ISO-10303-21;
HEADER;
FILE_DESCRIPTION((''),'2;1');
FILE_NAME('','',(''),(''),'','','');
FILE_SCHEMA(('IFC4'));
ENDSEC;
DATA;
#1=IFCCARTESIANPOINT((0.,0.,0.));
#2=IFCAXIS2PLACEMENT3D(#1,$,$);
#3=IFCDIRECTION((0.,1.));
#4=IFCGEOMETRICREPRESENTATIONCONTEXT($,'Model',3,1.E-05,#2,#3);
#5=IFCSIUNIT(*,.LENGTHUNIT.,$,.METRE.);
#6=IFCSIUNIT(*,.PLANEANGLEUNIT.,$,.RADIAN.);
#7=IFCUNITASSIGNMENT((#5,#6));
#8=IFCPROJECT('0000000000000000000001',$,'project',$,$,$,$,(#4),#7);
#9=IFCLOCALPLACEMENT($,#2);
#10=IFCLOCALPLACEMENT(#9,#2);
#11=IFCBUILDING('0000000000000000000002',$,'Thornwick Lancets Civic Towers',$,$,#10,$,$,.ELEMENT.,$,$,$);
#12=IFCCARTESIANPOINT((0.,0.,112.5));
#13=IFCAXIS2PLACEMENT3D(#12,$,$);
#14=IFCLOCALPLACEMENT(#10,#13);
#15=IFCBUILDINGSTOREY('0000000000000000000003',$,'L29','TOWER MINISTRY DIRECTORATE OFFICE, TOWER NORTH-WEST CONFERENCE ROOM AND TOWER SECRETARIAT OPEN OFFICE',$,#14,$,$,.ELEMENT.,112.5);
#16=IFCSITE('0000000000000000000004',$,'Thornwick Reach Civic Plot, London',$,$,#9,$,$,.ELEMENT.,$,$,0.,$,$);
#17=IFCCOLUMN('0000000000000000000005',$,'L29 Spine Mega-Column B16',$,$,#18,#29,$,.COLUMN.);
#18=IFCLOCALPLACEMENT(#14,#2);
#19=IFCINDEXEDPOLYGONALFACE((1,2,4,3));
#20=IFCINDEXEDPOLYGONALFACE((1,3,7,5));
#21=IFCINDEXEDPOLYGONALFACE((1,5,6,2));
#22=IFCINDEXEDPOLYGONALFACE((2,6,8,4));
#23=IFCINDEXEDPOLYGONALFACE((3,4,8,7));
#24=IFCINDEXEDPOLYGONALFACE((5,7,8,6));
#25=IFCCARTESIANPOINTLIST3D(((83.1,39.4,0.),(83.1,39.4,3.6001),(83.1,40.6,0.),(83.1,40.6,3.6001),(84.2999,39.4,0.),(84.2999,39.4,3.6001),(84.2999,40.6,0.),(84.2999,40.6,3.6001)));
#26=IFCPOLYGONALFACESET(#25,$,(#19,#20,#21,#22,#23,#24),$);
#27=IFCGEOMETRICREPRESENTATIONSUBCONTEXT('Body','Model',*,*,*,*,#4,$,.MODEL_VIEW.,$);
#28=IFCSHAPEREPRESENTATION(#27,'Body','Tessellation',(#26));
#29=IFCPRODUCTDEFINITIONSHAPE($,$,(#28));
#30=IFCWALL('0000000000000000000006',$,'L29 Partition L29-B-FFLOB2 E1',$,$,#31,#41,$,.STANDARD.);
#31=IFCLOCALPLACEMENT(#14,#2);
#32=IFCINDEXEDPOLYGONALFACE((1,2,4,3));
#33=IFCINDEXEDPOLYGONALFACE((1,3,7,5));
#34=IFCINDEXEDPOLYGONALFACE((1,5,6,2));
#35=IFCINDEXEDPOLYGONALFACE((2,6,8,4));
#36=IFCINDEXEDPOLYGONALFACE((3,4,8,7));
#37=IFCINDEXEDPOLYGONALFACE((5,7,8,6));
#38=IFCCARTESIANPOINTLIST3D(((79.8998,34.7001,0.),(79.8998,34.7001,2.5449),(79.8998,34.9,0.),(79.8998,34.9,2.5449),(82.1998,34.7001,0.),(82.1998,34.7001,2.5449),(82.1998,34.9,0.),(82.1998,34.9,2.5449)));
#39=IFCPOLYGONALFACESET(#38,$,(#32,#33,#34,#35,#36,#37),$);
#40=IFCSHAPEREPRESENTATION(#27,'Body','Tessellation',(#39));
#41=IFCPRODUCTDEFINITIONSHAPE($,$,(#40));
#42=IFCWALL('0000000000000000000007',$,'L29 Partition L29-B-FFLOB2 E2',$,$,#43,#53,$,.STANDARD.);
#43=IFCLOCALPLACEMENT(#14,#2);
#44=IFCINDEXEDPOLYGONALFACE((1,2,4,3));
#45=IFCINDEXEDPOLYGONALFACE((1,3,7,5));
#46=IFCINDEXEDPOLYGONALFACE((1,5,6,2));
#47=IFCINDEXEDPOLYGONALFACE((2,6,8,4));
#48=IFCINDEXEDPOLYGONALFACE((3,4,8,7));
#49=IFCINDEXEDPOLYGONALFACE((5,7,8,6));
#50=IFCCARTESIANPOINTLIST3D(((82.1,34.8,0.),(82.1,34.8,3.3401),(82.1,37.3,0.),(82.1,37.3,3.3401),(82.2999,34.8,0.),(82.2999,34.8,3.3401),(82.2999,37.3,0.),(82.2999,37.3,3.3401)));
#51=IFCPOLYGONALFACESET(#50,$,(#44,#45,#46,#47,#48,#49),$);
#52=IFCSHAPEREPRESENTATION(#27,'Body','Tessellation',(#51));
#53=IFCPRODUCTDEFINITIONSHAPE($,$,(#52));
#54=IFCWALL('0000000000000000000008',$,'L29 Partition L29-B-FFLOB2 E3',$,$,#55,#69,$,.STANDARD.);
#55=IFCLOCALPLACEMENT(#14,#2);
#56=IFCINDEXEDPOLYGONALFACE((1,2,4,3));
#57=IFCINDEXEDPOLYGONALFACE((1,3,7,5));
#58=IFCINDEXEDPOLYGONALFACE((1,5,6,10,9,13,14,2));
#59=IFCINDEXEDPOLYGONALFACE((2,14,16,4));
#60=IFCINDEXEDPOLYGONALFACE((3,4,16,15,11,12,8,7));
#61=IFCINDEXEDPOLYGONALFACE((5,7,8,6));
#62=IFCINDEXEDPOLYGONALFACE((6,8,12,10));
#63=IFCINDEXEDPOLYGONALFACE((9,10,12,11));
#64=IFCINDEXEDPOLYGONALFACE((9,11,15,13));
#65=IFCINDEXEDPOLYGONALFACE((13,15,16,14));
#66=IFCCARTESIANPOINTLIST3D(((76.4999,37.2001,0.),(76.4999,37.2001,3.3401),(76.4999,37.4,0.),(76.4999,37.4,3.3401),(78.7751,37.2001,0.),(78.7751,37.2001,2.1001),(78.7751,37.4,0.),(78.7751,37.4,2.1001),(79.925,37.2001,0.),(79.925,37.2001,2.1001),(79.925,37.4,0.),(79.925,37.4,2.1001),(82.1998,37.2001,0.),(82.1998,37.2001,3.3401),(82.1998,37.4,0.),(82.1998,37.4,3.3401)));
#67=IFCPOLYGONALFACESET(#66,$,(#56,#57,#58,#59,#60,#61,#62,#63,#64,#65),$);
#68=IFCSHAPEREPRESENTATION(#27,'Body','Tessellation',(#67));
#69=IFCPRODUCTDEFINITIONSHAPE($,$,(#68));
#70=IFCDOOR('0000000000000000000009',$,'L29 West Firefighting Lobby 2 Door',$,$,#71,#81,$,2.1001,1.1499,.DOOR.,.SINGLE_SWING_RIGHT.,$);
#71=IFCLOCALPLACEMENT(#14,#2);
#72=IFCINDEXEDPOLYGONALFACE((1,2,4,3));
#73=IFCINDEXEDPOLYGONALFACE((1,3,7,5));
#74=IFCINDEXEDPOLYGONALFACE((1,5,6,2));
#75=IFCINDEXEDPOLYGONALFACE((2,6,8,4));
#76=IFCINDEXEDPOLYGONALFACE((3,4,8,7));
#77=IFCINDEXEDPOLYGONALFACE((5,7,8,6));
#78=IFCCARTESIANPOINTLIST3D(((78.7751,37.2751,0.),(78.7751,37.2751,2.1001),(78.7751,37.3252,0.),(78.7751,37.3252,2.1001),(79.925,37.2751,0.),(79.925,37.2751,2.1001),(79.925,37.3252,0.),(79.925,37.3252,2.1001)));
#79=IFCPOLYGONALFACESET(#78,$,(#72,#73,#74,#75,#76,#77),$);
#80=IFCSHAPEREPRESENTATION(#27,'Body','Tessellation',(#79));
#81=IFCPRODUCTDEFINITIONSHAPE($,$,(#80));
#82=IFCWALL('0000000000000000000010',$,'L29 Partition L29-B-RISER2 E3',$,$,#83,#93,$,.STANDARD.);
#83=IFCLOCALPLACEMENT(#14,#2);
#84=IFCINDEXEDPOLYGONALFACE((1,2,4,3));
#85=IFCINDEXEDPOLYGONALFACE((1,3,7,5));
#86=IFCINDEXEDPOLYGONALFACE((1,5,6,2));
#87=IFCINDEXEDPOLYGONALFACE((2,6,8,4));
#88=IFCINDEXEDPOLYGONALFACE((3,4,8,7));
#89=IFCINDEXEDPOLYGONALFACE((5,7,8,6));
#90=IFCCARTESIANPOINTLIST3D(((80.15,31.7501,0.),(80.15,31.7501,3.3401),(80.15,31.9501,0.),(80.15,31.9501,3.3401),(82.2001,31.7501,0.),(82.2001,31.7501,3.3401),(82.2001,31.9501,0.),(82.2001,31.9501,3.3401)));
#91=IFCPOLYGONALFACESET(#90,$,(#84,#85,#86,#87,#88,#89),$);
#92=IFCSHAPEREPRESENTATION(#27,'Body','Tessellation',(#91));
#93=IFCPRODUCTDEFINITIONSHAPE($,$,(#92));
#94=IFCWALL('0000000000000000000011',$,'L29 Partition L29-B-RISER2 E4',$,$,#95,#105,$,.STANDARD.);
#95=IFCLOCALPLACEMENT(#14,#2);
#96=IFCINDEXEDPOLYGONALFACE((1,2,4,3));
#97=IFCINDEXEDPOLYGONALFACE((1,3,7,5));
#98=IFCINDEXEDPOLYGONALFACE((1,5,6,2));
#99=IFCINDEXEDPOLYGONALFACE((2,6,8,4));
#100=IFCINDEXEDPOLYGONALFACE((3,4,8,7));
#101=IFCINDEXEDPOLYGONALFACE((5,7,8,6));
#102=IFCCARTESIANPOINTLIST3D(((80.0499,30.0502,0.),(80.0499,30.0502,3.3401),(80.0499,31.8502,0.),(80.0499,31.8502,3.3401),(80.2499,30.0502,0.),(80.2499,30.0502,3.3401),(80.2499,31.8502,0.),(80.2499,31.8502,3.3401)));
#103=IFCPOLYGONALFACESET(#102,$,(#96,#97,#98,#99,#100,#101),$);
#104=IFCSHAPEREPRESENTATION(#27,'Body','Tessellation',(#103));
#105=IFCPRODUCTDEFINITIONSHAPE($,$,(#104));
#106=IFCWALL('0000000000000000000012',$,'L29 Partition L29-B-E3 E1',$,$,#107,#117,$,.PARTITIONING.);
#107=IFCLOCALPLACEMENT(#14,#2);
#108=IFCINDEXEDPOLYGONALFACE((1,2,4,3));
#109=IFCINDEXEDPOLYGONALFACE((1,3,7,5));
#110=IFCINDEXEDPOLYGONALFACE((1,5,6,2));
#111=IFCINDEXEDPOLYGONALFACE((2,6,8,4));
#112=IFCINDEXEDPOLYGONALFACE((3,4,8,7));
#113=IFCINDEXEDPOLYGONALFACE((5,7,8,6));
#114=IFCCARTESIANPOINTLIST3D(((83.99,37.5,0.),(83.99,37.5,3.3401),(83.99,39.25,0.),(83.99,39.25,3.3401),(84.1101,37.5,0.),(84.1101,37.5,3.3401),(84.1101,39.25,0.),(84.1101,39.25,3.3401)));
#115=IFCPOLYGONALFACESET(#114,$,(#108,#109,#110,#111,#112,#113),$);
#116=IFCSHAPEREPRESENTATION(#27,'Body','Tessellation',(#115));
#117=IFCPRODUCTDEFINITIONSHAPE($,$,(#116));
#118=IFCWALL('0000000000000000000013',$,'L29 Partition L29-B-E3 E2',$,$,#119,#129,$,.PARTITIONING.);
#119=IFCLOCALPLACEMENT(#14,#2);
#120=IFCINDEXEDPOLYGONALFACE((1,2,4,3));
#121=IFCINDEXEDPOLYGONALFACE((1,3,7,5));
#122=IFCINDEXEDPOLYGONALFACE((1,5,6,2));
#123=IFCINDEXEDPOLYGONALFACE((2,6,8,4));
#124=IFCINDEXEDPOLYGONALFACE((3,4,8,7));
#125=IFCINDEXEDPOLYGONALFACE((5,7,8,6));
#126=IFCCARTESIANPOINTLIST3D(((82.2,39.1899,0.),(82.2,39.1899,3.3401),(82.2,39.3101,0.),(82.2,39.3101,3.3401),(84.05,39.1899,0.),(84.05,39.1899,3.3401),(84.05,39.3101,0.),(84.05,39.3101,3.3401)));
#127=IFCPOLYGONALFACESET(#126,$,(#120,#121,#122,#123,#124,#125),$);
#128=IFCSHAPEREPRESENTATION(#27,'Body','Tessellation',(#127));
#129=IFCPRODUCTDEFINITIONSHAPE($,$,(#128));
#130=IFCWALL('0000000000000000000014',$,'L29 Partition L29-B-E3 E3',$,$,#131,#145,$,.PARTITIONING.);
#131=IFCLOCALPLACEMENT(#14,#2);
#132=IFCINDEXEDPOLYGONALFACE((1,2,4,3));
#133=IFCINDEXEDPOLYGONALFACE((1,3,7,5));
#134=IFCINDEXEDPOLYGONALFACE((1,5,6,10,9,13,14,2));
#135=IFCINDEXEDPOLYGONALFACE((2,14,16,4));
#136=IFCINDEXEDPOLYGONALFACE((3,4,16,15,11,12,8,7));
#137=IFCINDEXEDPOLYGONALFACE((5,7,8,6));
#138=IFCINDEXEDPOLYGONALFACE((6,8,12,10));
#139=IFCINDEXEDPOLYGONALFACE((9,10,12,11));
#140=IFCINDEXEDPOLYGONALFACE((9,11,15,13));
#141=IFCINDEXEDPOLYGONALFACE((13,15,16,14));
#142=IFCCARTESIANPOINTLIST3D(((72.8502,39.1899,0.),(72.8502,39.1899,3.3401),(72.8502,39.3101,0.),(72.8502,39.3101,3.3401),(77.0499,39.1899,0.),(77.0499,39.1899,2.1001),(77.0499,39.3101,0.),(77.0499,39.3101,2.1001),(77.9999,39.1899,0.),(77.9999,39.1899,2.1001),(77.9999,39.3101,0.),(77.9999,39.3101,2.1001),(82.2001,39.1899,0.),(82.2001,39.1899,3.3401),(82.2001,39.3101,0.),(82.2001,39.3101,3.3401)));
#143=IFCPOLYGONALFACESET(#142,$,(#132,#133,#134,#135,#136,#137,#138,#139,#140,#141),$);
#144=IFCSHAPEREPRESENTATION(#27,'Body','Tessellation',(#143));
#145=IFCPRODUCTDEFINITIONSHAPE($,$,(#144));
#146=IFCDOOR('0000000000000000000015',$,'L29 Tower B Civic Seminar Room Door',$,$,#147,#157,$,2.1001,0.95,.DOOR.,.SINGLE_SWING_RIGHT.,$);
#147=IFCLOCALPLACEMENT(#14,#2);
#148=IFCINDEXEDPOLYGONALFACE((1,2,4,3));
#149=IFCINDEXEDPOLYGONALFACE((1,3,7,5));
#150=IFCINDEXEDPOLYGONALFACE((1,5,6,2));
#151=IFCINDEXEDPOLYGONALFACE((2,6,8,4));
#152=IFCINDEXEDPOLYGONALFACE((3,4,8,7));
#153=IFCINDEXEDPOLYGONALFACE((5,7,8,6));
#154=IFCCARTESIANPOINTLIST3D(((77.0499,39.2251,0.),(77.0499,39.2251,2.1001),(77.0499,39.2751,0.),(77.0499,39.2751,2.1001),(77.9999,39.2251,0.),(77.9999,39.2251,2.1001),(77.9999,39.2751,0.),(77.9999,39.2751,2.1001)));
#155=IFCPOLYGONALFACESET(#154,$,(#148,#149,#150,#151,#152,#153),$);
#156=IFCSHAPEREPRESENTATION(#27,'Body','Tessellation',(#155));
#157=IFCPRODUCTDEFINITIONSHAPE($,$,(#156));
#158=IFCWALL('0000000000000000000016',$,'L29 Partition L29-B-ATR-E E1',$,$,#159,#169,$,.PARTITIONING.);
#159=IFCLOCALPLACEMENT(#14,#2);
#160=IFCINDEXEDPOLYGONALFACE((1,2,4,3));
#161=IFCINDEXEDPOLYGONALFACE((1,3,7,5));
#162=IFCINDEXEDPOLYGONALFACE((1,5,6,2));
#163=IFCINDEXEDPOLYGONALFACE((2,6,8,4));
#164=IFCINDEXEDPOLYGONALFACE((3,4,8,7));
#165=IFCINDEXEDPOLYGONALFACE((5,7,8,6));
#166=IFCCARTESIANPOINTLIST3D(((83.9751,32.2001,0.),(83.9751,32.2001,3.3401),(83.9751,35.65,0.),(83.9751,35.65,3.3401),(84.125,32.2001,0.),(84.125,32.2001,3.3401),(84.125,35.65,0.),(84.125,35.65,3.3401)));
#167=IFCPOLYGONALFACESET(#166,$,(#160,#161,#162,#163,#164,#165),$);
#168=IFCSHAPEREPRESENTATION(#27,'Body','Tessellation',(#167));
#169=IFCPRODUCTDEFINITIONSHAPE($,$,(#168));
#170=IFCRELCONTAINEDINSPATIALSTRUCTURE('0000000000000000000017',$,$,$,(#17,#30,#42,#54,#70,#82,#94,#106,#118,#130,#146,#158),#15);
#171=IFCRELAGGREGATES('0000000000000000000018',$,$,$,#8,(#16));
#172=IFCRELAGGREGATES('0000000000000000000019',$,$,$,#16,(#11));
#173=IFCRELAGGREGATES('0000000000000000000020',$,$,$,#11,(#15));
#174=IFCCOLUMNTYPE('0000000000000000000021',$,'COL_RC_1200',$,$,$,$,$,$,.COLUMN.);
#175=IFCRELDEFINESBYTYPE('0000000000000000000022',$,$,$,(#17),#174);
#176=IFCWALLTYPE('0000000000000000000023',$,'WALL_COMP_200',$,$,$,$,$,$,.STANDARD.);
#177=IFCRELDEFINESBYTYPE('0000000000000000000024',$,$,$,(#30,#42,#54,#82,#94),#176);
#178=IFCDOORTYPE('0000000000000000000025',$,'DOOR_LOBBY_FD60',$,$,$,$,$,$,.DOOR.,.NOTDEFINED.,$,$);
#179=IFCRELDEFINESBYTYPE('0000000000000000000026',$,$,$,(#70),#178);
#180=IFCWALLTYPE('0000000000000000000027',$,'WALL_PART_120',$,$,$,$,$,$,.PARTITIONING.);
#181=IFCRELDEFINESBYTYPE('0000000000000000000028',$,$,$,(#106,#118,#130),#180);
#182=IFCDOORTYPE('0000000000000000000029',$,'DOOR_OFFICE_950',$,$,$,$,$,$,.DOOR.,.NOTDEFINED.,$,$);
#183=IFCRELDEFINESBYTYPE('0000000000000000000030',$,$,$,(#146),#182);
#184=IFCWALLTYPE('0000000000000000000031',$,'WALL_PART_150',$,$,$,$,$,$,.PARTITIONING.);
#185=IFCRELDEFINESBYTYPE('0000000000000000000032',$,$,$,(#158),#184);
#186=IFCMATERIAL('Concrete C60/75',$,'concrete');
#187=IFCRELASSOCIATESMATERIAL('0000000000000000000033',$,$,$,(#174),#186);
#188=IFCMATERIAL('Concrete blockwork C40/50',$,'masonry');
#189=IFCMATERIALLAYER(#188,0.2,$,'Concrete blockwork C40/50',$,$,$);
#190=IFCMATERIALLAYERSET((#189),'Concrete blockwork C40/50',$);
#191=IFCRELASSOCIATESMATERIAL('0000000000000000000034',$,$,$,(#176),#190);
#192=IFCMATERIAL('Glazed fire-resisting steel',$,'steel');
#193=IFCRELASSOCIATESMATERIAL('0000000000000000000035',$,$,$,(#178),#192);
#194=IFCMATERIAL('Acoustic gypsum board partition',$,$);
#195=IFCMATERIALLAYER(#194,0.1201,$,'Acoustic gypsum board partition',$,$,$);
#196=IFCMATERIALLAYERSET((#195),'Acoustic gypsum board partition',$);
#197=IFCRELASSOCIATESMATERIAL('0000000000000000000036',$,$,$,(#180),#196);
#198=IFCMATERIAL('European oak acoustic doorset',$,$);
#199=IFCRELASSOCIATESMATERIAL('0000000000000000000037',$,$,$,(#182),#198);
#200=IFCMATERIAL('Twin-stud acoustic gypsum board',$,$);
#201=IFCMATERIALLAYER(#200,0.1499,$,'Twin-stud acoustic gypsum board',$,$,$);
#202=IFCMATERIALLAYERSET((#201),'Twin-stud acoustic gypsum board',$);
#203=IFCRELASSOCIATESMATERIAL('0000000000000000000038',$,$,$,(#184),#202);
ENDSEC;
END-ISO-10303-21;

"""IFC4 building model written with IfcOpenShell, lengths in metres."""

from ifc_helpers import new_model, si_unit, direction, frame, frame_2d, origin, origin_2d, place, context, subcontext, project, spatial, rectangle, extrude, material, layer, layer_set, material_profile, profile_set, type_object, element, fill, save


model = new_model("IFC4")

# Units and contexts
model_context = context("Model", 3, precision=1e-05, world=origin(), true_north=direction((0.0, 1.0)))
body_context = subcontext(model_context, "Body", "Model", "MODEL_VIEW")
ifc_project = project(units=[si_unit("LENGTHUNIT", "METRE"), si_unit("PLANEANGLEUNIT", "RADIAN")], contexts=[model_context])

# Site, building, storey
site_placement = place(None, origin())
site = spatial("IfcSite", under=ifc_project, at=site_placement, Name="Thornwick Reach Civic Plot, London", CompositionType="ELEMENT", RefElevation=0.0)
building_placement = place(site_placement, origin())
building = spatial("IfcBuilding", under=site, at=building_placement, Name="Thornwick Lancets Civic Towers", CompositionType="ELEMENT")
storey_placement = place(building_placement, frame((0.0, 0.0, 112.5)))
storey = spatial("IfcBuildingStorey", under=building, at=storey_placement, Name="L29", Description="TOWER MINISTRY DIRECTORATE OFFICE, TOWER NORTH-WEST CONFERENCE ROOM AND TOWER SECRETARIAT OPEN OFFICE", CompositionType="ELEMENT", Elevation=112.5)

# Column
ifc_material_1 = material(Name="Concrete C60/75", Category="concrete")
ifc_material_profile = material_profile(ifc_material_1, rectangle(XDim=1.2, YDim=1.2, at=origin_2d()), Name="RC 1200x1200")
ifc_profile_set = profile_set([ifc_material_profile], Name="Concrete C60/75")
column_type = type_object("IfcColumnType", Name="COL_RC_1200", PredefinedType="COLUMN", material=ifc_profile_set)
column_placement = place(storey_placement, frame((83.7, 40.0, 0.0), z_axis=(0.0, 0.0, 1.0), x_axis=(1.0, 0.0, 0.0)))
element("IfcColumn", 1, at=column_placement, inside=storey, type_object=column_type, Name="L29 Spine Mega-Column B16", PredefinedType="COLUMN", context=body_context, shape_type="SweptSolid", body=[
    extrude(rectangle(XDim=1.2, YDim=1.2, at=origin_2d()), origin(), (0.0, 0.0, 1.0), 3.6001),
])

# Walls
ifc_material_2 = material(Name="Concrete blockwork C40/50", Category="masonry")
ifc_layer_1 = layer(ifc_material_2, 0.2, Name="Concrete blockwork C40/50")
ifc_layer_set_1 = layer_set([ifc_layer_1], Name="Concrete blockwork C40/50")
wall_type_1 = type_object("IfcWallType", Name="WALL_COMP_200", PredefinedType="STANDARD", material=ifc_layer_set_1)
wall_1_placement = place(storey_placement, frame((79.8999, 34.8, 0.0), z_axis=(0.0, 0.0, 1.0), x_axis=(1.0, 0.0, 0.0)))
element("IfcWall", 2, at=wall_1_placement, inside=storey, type_object=wall_type_1, Name="L29 Partition L29-B-FFLOB2 E1", PredefinedType="STANDARD", context=body_context, shape_type="SweptSolid", body=[
    extrude(rectangle(XDim=2.3, YDim=0.2, at=frame_2d((1.1499, 0.0))), origin(), (0.0, 0.0, 1.0), 2.5449),
])
wall_2_placement = place(storey_placement, frame((82.2, 34.8, 0.0), z_axis=(0.0, 0.0, 1.0), x_axis=(0.0, 1.0, 0.0)))
element("IfcWall", 3, at=wall_2_placement, inside=storey, type_object=wall_type_1, Name="L29 Partition L29-B-FFLOB2 E2", PredefinedType="STANDARD", context=body_context, shape_type="SweptSolid", body=[
    extrude(rectangle(XDim=2.5, YDim=0.2, at=frame_2d((1.25, 0.0))), origin(), (0.0, 0.0, 1.0), 3.3401),
])

# Wall, opening, door
wall_3_placement = place(storey_placement, frame((82.2, 37.3, 0.0), z_axis=(0.0, 0.0, 1.0), x_axis=(-1.0, 0.0, 0.0)))
wall_3 = element("IfcWall", 4, at=wall_3_placement, inside=storey, type_object=wall_type_1, Name="L29 Partition L29-B-FFLOB2 E3", PredefinedType="STANDARD", context=body_context, shape_type="SweptSolid", body=[
    extrude(rectangle(XDim=5.7, YDim=0.2, at=frame_2d((2.8501, 0.0))), origin(), (0.0, 0.0, 1.0), 3.3401),
])
opening_1_placement = place(wall_3_placement, frame((2.2749, 0.0, 0.0)))
opening_1 = element("IfcOpeningElement", 5, at=opening_1_placement, cuts=wall_3, PredefinedType="OPENING", context=body_context, shape_type="SweptSolid", body=[
    extrude(rectangle(XDim=1.1499, YDim=2.1001, at=frame_2d((0.575, 1.05))), frame((0.0, 0.1099, 0.0), z_axis=(0.0, -1.0, 0.0), x_axis=(1.0, 0.0, 0.0)), (0.0, 0.0, 1.0), 0.22),
])
ifc_material_3 = material(Name="Glazed fire-resisting steel", Category="steel")
door_type_1 = type_object("IfcDoorType", Name="DOOR_LOBBY_FD60", OperationType="NOTDEFINED", PredefinedType="DOOR", material=ifc_material_3)
door_1_placement = place(opening_1_placement, origin())
door_1 = element("IfcDoor", 6, at=door_1_placement, inside=storey, type_object=door_type_1, Name="L29 West Firefighting Lobby 2 Door", OperationType="SINGLE_SWING_RIGHT", OverallHeight=2.1001, OverallWidth=1.1499, PredefinedType="DOOR", context=body_context, shape_type="SweptSolid", body=[
    extrude(rectangle(XDim=1.1499, YDim=2.1001, at=frame_2d((0.575, 1.05))), frame((0.0, 0.0249, 0.0), z_axis=(0.0, -1.0, 0.0), x_axis=(1.0, 0.0, 0.0)), (0.0, 0.0, 1.0), 0.05),
])
fill(opening_1, door_1)

# Walls
wall_4_placement = place(storey_placement, frame((82.2, 31.8501, 0.0), z_axis=(0.0, 0.0, 1.0), x_axis=(-1.0, 0.0, 0.0)))
element("IfcWall", 7, at=wall_4_placement, inside=storey, type_object=wall_type_1, Name="L29 Partition L29-B-RISER2 E3", PredefinedType="STANDARD", context=body_context, shape_type="SweptSolid", body=[
    extrude(rectangle(XDim=2.05, YDim=0.2, at=frame_2d((1.0249, 0.0))), origin(), (0.0, 0.0, 1.0), 3.3401),
])
wall_5_placement = place(storey_placement, frame((80.1499, 31.8501, 0.0), z_axis=(0.0, 0.0, 1.0), x_axis=(0.0, -1.0, 0.0)))
element("IfcWall", 8, at=wall_5_placement, inside=storey, type_object=wall_type_1, Name="L29 Partition L29-B-RISER2 E4", PredefinedType="STANDARD", context=body_context, shape_type="SweptSolid", body=[
    extrude(rectangle(XDim=1.8, YDim=0.2, at=frame_2d((0.8999, 0.0))), origin(), (0.0, 0.0, 1.0), 3.3401),
])
ifc_material_4 = material(Name="Acoustic gypsum board partition")
ifc_layer_2 = layer(ifc_material_4, 0.1201, Name="Acoustic gypsum board partition")
ifc_layer_set_2 = layer_set([ifc_layer_2], Name="Acoustic gypsum board partition")
wall_type_2 = type_object("IfcWallType", Name="WALL_PART_120", PredefinedType="PARTITIONING", material=ifc_layer_set_2)
wall_6_placement = place(storey_placement, frame((84.05, 37.5, 0.0), z_axis=(0.0, 0.0, 1.0), x_axis=(0.0, 1.0, 0.0)))
element("IfcWall", 9, at=wall_6_placement, inside=storey, type_object=wall_type_2, Name="L29 Partition L29-B-E3 E1", PredefinedType="PARTITIONING", context=body_context, shape_type="SweptSolid", body=[
    extrude(rectangle(XDim=1.75, YDim=0.1201, at=frame_2d((0.875, 0.0))), origin(), (0.0, 0.0, 1.0), 3.3401),
])
wall_7_placement = place(storey_placement, frame((84.05, 39.25, 0.0), z_axis=(0.0, 0.0, 1.0), x_axis=(-1.0, 0.0, 0.0)))
element("IfcWall", 10, at=wall_7_placement, inside=storey, type_object=wall_type_2, Name="L29 Partition L29-B-E3 E2", PredefinedType="PARTITIONING", context=body_context, shape_type="SweptSolid", body=[
    extrude(rectangle(XDim=1.8501, YDim=0.1201, at=frame_2d((0.925, 0.0))), origin(), (0.0, 0.0, 1.0), 3.3401),
])

# Wall, opening, door
wall_8_placement = place(storey_placement, frame((82.2, 39.25, 0.0), z_axis=(0.0, 0.0, 1.0), x_axis=(-1.0, 0.0, 0.0)))
wall_8 = element("IfcWall", 11, at=wall_8_placement, inside=storey, type_object=wall_type_2, Name="L29 Partition L29-B-E3 E3", PredefinedType="PARTITIONING", context=body_context, shape_type="SweptSolid", body=[
    extrude(rectangle(XDim=9.3499, YDim=0.1201, at=frame_2d((4.6748, 0.0))), origin(), (0.0, 0.0, 1.0), 3.3401),
])
opening_2_placement = place(wall_8_placement, frame((4.2, 0.0, 0.0)))
opening_2 = element("IfcOpeningElement", 12, at=opening_2_placement, cuts=wall_8, PredefinedType="OPENING", context=body_context, shape_type="SweptSolid", body=[
    extrude(rectangle(XDim=0.95, YDim=2.1001, at=frame_2d((0.4751, 1.05))), frame((0.0, 0.0701, 0.0), z_axis=(0.0, -1.0, 0.0), x_axis=(1.0, 0.0, 0.0)), (0.0, 0.0, 1.0), 0.1401),
])
ifc_material_5 = material(Name="European oak acoustic doorset")
door_type_2 = type_object("IfcDoorType", Name="DOOR_OFFICE_950", OperationType="NOTDEFINED", PredefinedType="DOOR", material=ifc_material_5)
door_2_placement = place(opening_2_placement, origin())
door_2 = element("IfcDoor", 13, at=door_2_placement, inside=storey, type_object=door_type_2, Name="L29 Tower B Civic Seminar Room Door", OperationType="SINGLE_SWING_RIGHT", OverallHeight=2.1001, OverallWidth=0.95, PredefinedType="DOOR", context=body_context, shape_type="SweptSolid", body=[
    extrude(rectangle(XDim=0.95, YDim=2.1001, at=frame_2d((0.4751, 1.05))), frame((0.0, 0.0249, 0.0), z_axis=(0.0, -1.0, 0.0), x_axis=(1.0, 0.0, 0.0)), (0.0, 0.0, 1.0), 0.05),
])
fill(opening_2, door_2)

# Wall
ifc_material_6 = material(Name="Twin-stud acoustic gypsum board")
ifc_layer_3 = layer(ifc_material_6, 0.1499, Name="Twin-stud acoustic gypsum board")
ifc_layer_set_3 = layer_set([ifc_layer_3], Name="Twin-stud acoustic gypsum board")
wall_type_3 = type_object("IfcWallType", Name="WALL_PART_150", PredefinedType="PARTITIONING", material=ifc_layer_set_3)
wall_9_placement = place(storey_placement, frame((84.05, 32.2, 0.0), z_axis=(0.0, 0.0, 1.0), x_axis=(0.0, 1.0, 0.0)))
element("IfcWall", 14, at=wall_9_placement, inside=storey, type_object=wall_type_3, Name="L29 Partition L29-B-ATR-E E1", PredefinedType="PARTITIONING", context=body_context, shape_type="SweptSolid", body=[
    extrude(rectangle(XDim=3.45, YDim=0.1499, at=frame_2d((1.7251, 0.0))), origin(), (0.0, 0.0, 1.0), 3.3401),
])

save(model, "model.ifc")
